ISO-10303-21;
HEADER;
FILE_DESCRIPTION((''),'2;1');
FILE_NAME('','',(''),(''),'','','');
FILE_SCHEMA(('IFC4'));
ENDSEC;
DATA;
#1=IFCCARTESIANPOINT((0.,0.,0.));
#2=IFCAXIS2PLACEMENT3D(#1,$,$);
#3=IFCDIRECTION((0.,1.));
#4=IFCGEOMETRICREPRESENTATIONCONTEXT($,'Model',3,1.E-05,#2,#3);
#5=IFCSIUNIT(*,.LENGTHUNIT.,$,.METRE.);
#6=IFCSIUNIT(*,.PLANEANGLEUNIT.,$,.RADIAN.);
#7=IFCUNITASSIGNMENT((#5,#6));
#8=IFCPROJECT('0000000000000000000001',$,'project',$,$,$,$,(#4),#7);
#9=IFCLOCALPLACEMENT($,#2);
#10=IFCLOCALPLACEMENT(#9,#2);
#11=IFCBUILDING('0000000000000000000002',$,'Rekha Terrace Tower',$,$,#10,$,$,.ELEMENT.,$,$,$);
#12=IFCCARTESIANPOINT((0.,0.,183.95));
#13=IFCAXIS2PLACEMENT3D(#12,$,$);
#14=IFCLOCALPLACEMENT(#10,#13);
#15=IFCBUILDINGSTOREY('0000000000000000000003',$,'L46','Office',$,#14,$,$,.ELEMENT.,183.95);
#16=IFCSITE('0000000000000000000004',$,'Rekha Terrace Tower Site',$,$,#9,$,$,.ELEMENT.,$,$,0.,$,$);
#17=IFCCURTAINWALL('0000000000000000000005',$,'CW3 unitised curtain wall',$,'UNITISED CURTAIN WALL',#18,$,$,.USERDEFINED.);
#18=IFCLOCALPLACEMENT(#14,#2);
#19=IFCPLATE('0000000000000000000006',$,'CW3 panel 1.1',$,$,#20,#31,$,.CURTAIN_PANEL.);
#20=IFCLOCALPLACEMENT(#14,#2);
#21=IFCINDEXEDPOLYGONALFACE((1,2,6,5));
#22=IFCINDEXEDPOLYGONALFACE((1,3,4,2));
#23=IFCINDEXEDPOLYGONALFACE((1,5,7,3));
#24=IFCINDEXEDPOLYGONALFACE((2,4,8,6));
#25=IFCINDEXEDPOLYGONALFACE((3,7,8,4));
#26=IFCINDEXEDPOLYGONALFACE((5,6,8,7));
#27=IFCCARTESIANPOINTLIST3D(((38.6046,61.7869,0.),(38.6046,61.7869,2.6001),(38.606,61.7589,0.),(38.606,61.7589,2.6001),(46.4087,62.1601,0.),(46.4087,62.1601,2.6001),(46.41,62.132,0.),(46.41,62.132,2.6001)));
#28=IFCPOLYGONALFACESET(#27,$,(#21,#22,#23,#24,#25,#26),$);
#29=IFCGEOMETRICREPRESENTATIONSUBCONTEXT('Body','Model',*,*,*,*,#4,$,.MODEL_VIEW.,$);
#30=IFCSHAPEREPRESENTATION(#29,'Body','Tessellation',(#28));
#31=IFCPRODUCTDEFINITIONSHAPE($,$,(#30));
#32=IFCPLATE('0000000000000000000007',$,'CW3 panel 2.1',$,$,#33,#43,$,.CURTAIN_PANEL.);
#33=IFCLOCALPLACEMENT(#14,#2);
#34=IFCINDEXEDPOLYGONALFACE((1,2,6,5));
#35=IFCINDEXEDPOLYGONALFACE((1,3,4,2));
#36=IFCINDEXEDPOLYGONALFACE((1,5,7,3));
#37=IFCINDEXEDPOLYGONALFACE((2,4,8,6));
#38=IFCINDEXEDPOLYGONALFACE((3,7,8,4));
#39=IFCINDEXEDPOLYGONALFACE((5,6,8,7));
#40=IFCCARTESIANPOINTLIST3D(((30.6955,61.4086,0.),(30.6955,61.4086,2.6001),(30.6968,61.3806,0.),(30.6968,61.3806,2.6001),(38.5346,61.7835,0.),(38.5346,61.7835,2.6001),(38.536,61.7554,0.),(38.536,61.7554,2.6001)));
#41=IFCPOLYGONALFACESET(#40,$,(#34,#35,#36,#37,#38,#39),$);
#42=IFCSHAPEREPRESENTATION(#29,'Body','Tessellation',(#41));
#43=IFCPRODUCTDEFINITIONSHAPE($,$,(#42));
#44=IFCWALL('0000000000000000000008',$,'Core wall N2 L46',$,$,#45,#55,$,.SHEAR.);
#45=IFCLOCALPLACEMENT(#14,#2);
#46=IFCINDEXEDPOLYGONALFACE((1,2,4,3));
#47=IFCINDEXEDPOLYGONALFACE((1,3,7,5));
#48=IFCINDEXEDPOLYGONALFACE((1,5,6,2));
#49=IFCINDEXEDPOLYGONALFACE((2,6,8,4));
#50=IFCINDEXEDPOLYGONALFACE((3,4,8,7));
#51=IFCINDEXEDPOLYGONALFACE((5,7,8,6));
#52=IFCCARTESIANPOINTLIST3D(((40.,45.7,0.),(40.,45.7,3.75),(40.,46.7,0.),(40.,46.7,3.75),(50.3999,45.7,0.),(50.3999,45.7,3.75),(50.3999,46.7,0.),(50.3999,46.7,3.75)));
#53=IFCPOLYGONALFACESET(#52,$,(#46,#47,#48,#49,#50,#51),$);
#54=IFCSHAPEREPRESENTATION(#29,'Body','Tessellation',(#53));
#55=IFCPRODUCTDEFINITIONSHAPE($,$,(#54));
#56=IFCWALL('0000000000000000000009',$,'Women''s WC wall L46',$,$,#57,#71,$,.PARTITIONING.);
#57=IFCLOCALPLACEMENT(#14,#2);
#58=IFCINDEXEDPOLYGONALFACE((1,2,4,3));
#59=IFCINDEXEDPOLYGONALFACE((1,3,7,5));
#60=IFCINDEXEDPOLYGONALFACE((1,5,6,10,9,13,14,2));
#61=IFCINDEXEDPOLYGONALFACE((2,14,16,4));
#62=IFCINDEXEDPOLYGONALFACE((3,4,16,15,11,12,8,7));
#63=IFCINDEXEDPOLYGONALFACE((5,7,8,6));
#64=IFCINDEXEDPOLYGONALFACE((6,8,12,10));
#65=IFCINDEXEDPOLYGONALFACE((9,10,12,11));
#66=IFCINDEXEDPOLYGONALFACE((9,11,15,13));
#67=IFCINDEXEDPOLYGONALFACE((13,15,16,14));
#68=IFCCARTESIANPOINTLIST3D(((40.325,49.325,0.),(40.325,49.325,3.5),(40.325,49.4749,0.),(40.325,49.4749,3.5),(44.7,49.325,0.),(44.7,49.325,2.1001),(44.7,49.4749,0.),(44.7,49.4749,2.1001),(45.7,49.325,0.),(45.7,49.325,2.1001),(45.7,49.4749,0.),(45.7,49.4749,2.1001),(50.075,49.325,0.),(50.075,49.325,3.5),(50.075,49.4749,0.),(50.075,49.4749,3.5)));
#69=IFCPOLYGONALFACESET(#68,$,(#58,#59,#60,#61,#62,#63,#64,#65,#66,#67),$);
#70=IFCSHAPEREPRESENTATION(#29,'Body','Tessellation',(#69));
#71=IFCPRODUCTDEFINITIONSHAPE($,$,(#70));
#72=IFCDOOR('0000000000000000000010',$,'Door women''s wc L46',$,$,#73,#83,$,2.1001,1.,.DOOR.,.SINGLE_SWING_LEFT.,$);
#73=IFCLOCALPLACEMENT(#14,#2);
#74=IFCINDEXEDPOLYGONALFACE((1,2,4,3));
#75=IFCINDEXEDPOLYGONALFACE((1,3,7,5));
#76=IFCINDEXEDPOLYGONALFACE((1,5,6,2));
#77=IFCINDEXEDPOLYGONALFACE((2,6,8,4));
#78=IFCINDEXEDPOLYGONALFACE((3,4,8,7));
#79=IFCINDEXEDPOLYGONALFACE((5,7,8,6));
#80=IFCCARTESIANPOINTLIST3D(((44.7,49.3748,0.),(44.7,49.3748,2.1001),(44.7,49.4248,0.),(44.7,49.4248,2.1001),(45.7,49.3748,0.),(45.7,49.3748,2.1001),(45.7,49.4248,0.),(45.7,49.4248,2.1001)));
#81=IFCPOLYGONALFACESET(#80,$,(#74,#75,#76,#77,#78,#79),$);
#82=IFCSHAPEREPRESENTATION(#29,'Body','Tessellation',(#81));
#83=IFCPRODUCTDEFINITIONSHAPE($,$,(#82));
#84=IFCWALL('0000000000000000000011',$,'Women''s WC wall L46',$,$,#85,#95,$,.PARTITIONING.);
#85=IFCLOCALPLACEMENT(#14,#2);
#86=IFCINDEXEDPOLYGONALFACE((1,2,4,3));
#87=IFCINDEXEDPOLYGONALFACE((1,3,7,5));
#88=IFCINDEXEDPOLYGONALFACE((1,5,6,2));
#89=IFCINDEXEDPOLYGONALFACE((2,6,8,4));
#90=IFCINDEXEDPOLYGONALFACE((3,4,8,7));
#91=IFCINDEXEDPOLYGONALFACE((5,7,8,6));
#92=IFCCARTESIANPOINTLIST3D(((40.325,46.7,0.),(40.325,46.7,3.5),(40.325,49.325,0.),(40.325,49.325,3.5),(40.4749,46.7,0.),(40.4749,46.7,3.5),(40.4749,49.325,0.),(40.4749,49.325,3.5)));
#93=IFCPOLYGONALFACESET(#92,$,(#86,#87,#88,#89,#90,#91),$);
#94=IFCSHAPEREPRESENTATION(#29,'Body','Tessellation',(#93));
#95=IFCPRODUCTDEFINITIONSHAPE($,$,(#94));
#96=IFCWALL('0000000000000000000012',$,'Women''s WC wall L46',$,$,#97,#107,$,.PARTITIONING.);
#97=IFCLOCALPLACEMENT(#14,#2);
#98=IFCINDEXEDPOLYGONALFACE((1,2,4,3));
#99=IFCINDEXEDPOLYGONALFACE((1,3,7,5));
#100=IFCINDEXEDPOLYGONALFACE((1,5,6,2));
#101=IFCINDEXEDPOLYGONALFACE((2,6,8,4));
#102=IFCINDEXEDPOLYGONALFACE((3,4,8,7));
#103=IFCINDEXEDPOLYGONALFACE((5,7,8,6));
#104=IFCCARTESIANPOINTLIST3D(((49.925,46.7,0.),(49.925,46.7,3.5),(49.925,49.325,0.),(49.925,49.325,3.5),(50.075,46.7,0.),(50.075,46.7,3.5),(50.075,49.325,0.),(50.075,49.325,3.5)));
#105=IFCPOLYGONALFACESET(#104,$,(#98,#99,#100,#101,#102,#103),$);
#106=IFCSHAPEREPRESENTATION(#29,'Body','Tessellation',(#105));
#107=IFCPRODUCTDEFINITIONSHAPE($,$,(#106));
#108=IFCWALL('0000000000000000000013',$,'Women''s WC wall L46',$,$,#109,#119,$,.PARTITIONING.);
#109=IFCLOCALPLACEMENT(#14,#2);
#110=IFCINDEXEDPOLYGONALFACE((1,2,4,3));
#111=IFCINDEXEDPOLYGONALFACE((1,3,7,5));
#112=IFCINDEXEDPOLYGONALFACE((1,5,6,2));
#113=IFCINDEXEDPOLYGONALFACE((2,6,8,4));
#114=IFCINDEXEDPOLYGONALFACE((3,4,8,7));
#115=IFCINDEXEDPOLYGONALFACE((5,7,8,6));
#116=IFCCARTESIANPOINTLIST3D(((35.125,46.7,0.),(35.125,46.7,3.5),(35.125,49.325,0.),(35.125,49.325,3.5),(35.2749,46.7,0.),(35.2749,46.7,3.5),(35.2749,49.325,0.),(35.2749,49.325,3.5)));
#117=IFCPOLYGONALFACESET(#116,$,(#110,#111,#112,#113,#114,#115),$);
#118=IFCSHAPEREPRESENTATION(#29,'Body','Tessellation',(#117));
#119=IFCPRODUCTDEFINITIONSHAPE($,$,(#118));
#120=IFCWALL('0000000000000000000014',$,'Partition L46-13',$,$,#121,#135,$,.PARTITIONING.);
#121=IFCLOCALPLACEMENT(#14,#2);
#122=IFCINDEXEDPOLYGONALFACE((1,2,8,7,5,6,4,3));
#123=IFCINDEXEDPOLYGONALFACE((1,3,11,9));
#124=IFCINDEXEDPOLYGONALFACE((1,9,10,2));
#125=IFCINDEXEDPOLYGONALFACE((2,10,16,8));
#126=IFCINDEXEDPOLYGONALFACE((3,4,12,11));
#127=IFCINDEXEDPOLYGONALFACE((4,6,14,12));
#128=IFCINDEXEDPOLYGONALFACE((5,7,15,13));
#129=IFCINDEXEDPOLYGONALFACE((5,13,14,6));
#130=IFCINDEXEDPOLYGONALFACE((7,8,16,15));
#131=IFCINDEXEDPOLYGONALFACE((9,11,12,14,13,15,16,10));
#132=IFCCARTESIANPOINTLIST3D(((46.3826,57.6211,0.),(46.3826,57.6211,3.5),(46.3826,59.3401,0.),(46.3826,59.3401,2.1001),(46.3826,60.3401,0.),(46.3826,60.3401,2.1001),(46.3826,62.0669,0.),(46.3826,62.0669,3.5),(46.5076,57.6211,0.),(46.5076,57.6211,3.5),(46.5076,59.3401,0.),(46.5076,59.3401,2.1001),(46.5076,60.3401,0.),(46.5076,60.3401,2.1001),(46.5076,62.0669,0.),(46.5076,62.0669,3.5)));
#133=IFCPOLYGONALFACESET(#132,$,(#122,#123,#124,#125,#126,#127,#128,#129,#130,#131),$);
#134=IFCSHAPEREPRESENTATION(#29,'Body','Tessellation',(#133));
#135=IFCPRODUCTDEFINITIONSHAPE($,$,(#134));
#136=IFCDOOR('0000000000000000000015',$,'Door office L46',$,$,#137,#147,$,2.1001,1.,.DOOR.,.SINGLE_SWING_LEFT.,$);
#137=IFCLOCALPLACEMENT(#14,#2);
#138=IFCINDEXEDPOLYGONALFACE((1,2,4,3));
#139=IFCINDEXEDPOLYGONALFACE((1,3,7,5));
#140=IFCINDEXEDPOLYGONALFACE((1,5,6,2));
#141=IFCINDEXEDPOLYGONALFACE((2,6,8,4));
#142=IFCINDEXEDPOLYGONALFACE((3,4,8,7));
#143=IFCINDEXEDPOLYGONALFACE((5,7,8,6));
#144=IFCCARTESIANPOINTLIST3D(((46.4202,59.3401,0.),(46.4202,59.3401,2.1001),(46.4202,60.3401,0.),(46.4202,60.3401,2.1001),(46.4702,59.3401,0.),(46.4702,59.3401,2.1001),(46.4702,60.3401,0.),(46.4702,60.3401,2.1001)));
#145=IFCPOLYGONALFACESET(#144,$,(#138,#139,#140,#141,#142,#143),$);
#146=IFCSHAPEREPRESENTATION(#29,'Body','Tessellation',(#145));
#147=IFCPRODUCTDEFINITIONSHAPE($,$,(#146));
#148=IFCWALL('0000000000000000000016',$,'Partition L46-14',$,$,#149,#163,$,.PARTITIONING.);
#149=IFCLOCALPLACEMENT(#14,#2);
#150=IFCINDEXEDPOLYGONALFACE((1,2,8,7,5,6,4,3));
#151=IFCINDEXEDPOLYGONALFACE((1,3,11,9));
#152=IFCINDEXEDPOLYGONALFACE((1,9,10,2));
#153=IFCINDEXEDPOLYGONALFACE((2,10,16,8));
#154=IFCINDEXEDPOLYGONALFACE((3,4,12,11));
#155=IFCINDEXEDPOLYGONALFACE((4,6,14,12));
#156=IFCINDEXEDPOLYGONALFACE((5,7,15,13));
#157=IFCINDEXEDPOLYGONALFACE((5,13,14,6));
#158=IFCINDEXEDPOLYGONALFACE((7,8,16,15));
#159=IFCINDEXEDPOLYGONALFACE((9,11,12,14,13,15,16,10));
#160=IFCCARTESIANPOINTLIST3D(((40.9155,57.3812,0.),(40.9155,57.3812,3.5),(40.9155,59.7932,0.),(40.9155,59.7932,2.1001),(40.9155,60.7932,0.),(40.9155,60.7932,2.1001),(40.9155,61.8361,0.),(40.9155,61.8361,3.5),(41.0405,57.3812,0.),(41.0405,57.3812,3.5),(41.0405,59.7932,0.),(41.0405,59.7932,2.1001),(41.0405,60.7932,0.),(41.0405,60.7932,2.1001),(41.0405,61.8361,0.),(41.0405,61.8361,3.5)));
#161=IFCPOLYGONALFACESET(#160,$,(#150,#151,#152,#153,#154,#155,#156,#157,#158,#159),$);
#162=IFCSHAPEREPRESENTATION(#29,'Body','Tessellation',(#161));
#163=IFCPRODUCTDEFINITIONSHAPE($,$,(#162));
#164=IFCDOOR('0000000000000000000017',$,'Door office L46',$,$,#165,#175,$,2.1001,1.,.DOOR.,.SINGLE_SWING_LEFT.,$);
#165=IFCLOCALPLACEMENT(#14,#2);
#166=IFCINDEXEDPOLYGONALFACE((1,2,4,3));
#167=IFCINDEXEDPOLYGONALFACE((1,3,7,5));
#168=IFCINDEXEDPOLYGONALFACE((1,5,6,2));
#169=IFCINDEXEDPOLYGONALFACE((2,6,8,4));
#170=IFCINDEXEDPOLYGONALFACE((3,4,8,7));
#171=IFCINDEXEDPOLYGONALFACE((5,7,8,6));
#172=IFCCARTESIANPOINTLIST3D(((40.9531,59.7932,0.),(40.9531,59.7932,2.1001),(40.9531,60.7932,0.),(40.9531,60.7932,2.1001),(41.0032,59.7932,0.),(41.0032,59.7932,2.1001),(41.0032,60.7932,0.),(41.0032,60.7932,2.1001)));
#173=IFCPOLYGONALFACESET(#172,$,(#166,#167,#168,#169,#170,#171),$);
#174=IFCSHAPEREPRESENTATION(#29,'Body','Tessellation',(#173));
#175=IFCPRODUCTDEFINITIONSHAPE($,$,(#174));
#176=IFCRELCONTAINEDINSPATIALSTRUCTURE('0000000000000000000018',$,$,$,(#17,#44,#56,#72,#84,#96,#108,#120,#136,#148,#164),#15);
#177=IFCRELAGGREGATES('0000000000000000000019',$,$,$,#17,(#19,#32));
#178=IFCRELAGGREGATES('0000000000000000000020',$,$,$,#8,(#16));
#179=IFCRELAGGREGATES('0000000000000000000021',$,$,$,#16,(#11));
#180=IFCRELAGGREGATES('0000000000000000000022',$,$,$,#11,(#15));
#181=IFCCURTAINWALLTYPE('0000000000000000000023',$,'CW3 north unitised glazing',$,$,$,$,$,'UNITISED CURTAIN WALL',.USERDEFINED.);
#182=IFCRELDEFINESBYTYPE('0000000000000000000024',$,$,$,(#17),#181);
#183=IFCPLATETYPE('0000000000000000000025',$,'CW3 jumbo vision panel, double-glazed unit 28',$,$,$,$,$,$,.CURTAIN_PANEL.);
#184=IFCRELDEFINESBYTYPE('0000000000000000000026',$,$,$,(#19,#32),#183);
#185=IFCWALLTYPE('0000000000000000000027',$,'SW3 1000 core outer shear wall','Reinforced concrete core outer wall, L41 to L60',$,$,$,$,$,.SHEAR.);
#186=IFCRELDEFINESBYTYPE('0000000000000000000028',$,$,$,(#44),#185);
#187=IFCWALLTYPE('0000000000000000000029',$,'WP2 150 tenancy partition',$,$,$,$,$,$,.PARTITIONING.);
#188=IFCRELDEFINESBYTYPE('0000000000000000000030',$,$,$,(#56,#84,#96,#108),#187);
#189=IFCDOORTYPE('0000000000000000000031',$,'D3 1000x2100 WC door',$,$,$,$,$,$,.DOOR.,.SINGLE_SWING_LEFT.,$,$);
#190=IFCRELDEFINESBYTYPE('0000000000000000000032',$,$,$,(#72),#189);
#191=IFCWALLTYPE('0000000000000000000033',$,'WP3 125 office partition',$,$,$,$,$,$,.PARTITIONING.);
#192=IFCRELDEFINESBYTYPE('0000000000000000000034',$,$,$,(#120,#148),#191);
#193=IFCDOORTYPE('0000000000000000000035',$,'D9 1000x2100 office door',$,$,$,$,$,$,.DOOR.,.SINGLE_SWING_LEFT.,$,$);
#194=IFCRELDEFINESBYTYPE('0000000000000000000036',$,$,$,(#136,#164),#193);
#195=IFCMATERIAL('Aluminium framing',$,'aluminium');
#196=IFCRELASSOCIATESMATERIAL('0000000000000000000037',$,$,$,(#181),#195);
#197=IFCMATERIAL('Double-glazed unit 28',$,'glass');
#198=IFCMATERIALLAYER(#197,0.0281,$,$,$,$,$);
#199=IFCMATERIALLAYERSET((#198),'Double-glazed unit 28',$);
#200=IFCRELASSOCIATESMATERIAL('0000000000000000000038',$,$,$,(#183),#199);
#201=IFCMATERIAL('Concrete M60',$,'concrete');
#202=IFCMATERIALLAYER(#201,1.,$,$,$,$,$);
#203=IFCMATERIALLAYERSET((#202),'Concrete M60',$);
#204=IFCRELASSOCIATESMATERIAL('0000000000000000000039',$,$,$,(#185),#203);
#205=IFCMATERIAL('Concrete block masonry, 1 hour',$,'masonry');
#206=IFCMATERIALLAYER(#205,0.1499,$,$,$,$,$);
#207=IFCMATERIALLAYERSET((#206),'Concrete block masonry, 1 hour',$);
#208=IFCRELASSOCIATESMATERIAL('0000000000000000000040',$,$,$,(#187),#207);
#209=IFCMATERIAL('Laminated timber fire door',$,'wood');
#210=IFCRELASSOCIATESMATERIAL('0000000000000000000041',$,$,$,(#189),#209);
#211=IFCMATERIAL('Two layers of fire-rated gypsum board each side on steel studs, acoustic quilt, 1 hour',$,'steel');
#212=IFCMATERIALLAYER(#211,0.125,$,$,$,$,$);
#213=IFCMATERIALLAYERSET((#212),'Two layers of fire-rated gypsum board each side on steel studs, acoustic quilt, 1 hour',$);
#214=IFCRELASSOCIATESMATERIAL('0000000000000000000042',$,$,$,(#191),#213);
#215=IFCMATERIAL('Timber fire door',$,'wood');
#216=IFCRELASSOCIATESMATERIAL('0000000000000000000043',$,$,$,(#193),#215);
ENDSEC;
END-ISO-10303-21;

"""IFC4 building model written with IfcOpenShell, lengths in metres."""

from ifc_helpers import new_model, si_unit, direction, frame, frame_2d, origin, origin_2d, place, context, subcontext, project, spatial, rectangle, extrude, material, layer, layer_set, type_object, element, fill, aggregate, save


model = new_model("IFC4")

# Units and contexts
model_context = context("Model", 3, precision=1e-05, world=origin(), true_north=direction((0.0, 1.0)))
body_context = subcontext(model_context, "Body", "Model", "MODEL_VIEW")
ifc_project = project(units=[si_unit("LENGTHUNIT", "METRE"), si_unit("PLANEANGLEUNIT", "RADIAN")], contexts=[model_context])

# Site, building, storey
site_placement = place(None, origin())
site = spatial("IfcSite", under=ifc_project, at=site_placement, Name="Rekha Terrace Tower Site", CompositionType="ELEMENT", RefElevation=0.0)
building_placement = place(site_placement, origin())
building = spatial("IfcBuilding", under=site, at=building_placement, Name="Rekha Terrace Tower", CompositionType="ELEMENT")
storey_placement = place(building_placement, frame((0.0, 0.0, 183.95)))
storey = spatial("IfcBuildingStorey", under=building, at=storey_placement, Name="L46", Description="Office", CompositionType="ELEMENT", Elevation=183.95)

# Shared definitions
ifc_material_1 = material(Name="Concrete M60", Category="concrete")

# Curtain wall
ifc_material_2 = material(Name="Aluminium framing", Category="aluminium")
curtain_wall_type = type_object("IfcCurtainWallType", Name="CW3 north unitised glazing", ElementType="UNITISED CURTAIN WALL", PredefinedType="USERDEFINED", material=ifc_material_2)
curtain_wall_1_placement = place(storey_placement, origin())
curtain_wall_1 = element("IfcCurtainWall", 1, at=curtain_wall_1_placement, inside=storey, type_object=curtain_wall_type, Name="CW3 unitised curtain wall", ObjectType="UNITISED CURTAIN WALL", PredefinedType="USERDEFINED")

# Shared definitions
ifc_material_3 = material(Name="Double-glazed unit 28", Category="glass")
ifc_layer_1 = layer(ifc_material_3, 0.0281)
ifc_layer_set_1 = layer_set([ifc_layer_1], Name="Double-glazed unit 28")
plate_type = type_object("IfcPlateType", Name="CW3 jumbo vision panel, double-glazed unit 28", PredefinedType="CURTAIN_PANEL", material=ifc_layer_set_1)

# Plates
plate_1_placement = place(storey_placement, frame((42.5073, 61.9595, 0.0), z_axis=(0.0, 0.0, 1.0), x_axis=(-0.998859, -0.047759, 0.0)))
plate_1 = element("IfcPlate", 2, at=plate_1_placement, type_object=plate_type, Name="CW3 panel 1.1", PredefinedType="CURTAIN_PANEL", context=body_context, shape_type="SweptSolid", body=[
    extrude(rectangle(XDim=7.813, YDim=0.0281, at=origin_2d()), origin(), (0.0, 0.0, 1.0), 2.6001),
])
plate_2_placement = place(storey_placement, frame((34.6157, 61.582, 0.0), z_axis=(0.0, 0.0, 1.0), x_axis=(-0.998859, -0.047759, 0.0)))
plate_2 = element("IfcPlate", 3, at=plate_2_placement, type_object=plate_type, Name="CW3 panel 2.1", PredefinedType="CURTAIN_PANEL", context=body_context, shape_type="SweptSolid", body=[
    extrude(rectangle(XDim=7.8481, YDim=0.0281, at=origin_2d()), origin(), (0.0, 0.0, 1.0), 2.6001),
])
aggregate(curtain_wall_1, [plate_1, plate_2])

# Wall
ifc_layer_2 = layer(ifc_material_1, 1.0)
ifc_layer_set_2 = layer_set([ifc_layer_2], Name="Concrete M60")
wall_type_1 = type_object("IfcWallType", Name="SW3 1000 core outer shear wall", Description="Reinforced concrete core outer wall, L41 to L60", PredefinedType="SHEAR", material=ifc_layer_set_2)
wall_1_placement = place(storey_placement, frame((40.0, 46.2, 0.0), z_axis=(0.0, 0.0, 1.0), x_axis=(1.0, 0.0, 0.0)))
element("IfcWall", 4, at=wall_1_placement, inside=storey, type_object=wall_type_1, Name="Core wall N2 L46", PredefinedType="SHEAR", context=body_context, shape_type="SweptSolid", body=[
    extrude(rectangle(XDim=10.3999, YDim=1.0, at=frame_2d((5.2, 0.0))), origin(), (0.0, 0.0, 1.0), 3.75),
])

# Wall, opening, door
ifc_material_4 = material(Name="Concrete block masonry, 1 hour", Category="masonry")
ifc_layer_3 = layer(ifc_material_4, 0.1499)
ifc_layer_set_3 = layer_set([ifc_layer_3], Name="Concrete block masonry, 1 hour")
wall_type_2 = type_object("IfcWallType", Name="WP2 150 tenancy partition", PredefinedType="PARTITIONING", material=ifc_layer_set_3)
wall_2_placement = place(storey_placement, frame((40.325, 49.3999, 0.0), z_axis=(0.0, 0.0, 1.0), x_axis=(1.0, 0.0, 0.0)))
wall_2 = element("IfcWall", 5, at=wall_2_placement, inside=storey, type_object=wall_type_2, Name="Women's WC wall L46", PredefinedType="PARTITIONING", context=body_context, shape_type="SweptSolid", body=[
    extrude(rectangle(XDim=9.75, YDim=0.1499, at=frame_2d((4.875, 0.0))), origin(), (0.0, 0.0, 1.0), 3.5),
])
opening_1_placement = place(wall_2_placement, frame((4.375, 0.0, 0.0)))
opening_1 = element("IfcOpeningElement", 6, at=opening_1_placement, cuts=wall_2, PredefinedType="OPENING", context=body_context, shape_type="SweptSolid", body=[
    extrude(rectangle(XDim=1.0, YDim=2.1001, at=frame_2d((0.5, 1.05))), frame((0.0, 0.085, 0.0), z_axis=(0.0, -1.0, 0.0), x_axis=(1.0, 0.0, 0.0)), (0.0, 0.0, 1.0), 0.1699),
])
ifc_material_5 = material(Name="Laminated timber fire door", Category="wood")
door_type_1 = type_object("IfcDoorType", Name="D3 1000x2100 WC door", OperationType="SINGLE_SWING_LEFT", PredefinedType="DOOR", material=ifc_material_5)
door_1_placement = place(opening_1_placement, origin())
door_1 = element("IfcDoor", 7, at=door_1_placement, inside=storey, type_object=door_type_1, Name="Door women's wc L46", OperationType="SINGLE_SWING_LEFT", OverallHeight=2.1001, OverallWidth=1.0, PredefinedType="DOOR", context=body_context, shape_type="SweptSolid", body=[
    extrude(rectangle(XDim=1.0, YDim=2.1001, at=frame_2d((0.5, 1.05))), frame((0.0, 0.0249, 0.0), z_axis=(0.0, -1.0, 0.0), x_axis=(1.0, 0.0, 0.0)), (0.0, 0.0, 1.0), 0.05),
])
fill(opening_1, door_1)

# Walls
for number, where, z_axis, x_axis, name in (
    (8, (40.3999, 46.7, 0.0), (0.0, 0.0, 1.0), (0.0, 1.0, 0.0), "Women's WC wall L46"),
    (9, (50.0, 46.7, 0.0), (0.0, 0.0, 1.0), (0.0, 1.0, 0.0), "Women's WC wall L46"),
    (10, (35.2, 46.7, 0.0), (0.0, 0.0, 1.0), (0.0, 1.0, 0.0), "Women's WC wall L46"),
):
    element("IfcWall", number, at=place(storey_placement, frame(where, z_axis=z_axis, x_axis=x_axis)), inside=storey, type_object=wall_type_2, Name=name, PredefinedType="PARTITIONING", context=body_context, shape_type="SweptSolid", body=[
        extrude(rectangle(XDim=2.625, YDim=0.1499, at=frame_2d((1.3125, 0.0))), origin(), (0.0, 0.0, 1.0), 3.5),
    ])

# Walls, openings, doors
ifc_material_6 = material(Name="Two layers of fire-rated gypsum board each side on steel studs, acoustic quilt, 1 hour", Category="steel")
ifc_layer_4 = layer(ifc_material_6, 0.125)
ifc_layer_set_4 = layer_set([ifc_layer_4], Name="Two layers of fire-rated gypsum board each side on steel studs, acoustic quilt, 1 hour")
wall_type_3 = type_object("IfcWallType", Name="WP3 125 office partition", PredefinedType="PARTITIONING", material=ifc_layer_set_4)
wall_3_placement = place(storey_placement, frame((46.4451, 57.6211, 0.0), z_axis=(0.0, 0.0, 1.0), x_axis=(0.0, 1.0, 0.0)))
wall_3 = element("IfcWall", 11, at=wall_3_placement, inside=storey, type_object=wall_type_3, Name="Partition L46-13", PredefinedType="PARTITIONING", context=body_context, shape_type="SweptSolid", body=[
    extrude(rectangle(XDim=4.4458, YDim=0.125, at=frame_2d((2.2229, 0.0))), origin(), (0.0, 0.0, 1.0), 3.5),
])
opening_2_placement = place(wall_3_placement, frame((1.719, 0.0, 0.0)))
opening_2 = element("IfcOpeningElement", 12, at=opening_2_placement, cuts=wall_3, PredefinedType="OPENING", context=body_context, shape_type="SweptSolid", body=[
    extrude(rectangle(XDim=1.0, YDim=2.1001, at=frame_2d((0.5, 1.05))), frame((0.0, 0.0725, 0.0), z_axis=(0.0, -1.0, 0.0), x_axis=(1.0, 0.0, 0.0)), (0.0, 0.0, 1.0), 0.145),
])
ifc_material_7 = material(Name="Timber fire door", Category="wood")
door_type_2 = type_object("IfcDoorType", Name="D9 1000x2100 office door", OperationType="SINGLE_SWING_LEFT", PredefinedType="DOOR", material=ifc_material_7)
door_2_placement = place(opening_2_placement, origin())
door_2 = element("IfcDoor", 13, at=door_2_placement, inside=storey, type_object=door_type_2, Name="Door office L46", OperationType="SINGLE_SWING_LEFT", OverallHeight=2.1001, OverallWidth=1.0, PredefinedType="DOOR", context=body_context, shape_type="SweptSolid", body=[
    extrude(rectangle(XDim=1.0, YDim=2.1001, at=frame_2d((0.5, 1.05))), frame((0.0, 0.0249, 0.0), z_axis=(0.0, -1.0, 0.0), x_axis=(1.0, 0.0, 0.0)), (0.0, 0.0, 1.0), 0.05),
])
fill(opening_2, door_2)
wall_4_placement = place(storey_placement, frame((40.978, 57.3811, 0.0), z_axis=(0.0, 0.0, 1.0), x_axis=(0.0, 1.0, 0.0)))
wall_4 = element("IfcWall", 14, at=wall_4_placement, inside=storey, type_object=wall_type_3, Name="Partition L46-14", PredefinedType="PARTITIONING", context=body_context, shape_type="SweptSolid", body=[
    extrude(rectangle(XDim=4.4548, YDim=0.125, at=frame_2d((2.2275, 0.0))), origin(), (0.0, 0.0, 1.0), 3.5),
])
opening_3_placement = place(wall_4_placement, frame((2.4121, 0.0, 0.0)))
opening_3 = element("IfcOpeningElement", 15, at=opening_3_placement, cuts=wall_4, PredefinedType="OPENING", context=body_context, shape_type="SweptSolid", body=[
    extrude(rectangle(XDim=1.0, YDim=2.1001, at=frame_2d((0.5, 1.05))), frame((0.0, 0.0725, 0.0), z_axis=(0.0, -1.0, 0.0), x_axis=(1.0, 0.0, 0.0)), (0.0, 0.0, 1.0), 0.145),
])
door_3_placement = place(opening_3_placement, origin())
door_3 = element("IfcDoor", 16, at=door_3_placement, inside=storey, type_object=door_type_2, Name="Door office L46", OperationType="SINGLE_SWING_LEFT", OverallHeight=2.1001, OverallWidth=1.0, PredefinedType="DOOR", context=body_context, shape_type="SweptSolid", body=[
    extrude(rectangle(XDim=1.0, YDim=2.1001, at=frame_2d((0.5, 1.05))), frame((0.0, 0.0249, 0.0), z_axis=(0.0, -1.0, 0.0), x_axis=(1.0, 0.0, 0.0)), (0.0, 0.0, 1.0), 0.05),
])
fill(opening_3, door_3)

save(model, "model.ifc")
